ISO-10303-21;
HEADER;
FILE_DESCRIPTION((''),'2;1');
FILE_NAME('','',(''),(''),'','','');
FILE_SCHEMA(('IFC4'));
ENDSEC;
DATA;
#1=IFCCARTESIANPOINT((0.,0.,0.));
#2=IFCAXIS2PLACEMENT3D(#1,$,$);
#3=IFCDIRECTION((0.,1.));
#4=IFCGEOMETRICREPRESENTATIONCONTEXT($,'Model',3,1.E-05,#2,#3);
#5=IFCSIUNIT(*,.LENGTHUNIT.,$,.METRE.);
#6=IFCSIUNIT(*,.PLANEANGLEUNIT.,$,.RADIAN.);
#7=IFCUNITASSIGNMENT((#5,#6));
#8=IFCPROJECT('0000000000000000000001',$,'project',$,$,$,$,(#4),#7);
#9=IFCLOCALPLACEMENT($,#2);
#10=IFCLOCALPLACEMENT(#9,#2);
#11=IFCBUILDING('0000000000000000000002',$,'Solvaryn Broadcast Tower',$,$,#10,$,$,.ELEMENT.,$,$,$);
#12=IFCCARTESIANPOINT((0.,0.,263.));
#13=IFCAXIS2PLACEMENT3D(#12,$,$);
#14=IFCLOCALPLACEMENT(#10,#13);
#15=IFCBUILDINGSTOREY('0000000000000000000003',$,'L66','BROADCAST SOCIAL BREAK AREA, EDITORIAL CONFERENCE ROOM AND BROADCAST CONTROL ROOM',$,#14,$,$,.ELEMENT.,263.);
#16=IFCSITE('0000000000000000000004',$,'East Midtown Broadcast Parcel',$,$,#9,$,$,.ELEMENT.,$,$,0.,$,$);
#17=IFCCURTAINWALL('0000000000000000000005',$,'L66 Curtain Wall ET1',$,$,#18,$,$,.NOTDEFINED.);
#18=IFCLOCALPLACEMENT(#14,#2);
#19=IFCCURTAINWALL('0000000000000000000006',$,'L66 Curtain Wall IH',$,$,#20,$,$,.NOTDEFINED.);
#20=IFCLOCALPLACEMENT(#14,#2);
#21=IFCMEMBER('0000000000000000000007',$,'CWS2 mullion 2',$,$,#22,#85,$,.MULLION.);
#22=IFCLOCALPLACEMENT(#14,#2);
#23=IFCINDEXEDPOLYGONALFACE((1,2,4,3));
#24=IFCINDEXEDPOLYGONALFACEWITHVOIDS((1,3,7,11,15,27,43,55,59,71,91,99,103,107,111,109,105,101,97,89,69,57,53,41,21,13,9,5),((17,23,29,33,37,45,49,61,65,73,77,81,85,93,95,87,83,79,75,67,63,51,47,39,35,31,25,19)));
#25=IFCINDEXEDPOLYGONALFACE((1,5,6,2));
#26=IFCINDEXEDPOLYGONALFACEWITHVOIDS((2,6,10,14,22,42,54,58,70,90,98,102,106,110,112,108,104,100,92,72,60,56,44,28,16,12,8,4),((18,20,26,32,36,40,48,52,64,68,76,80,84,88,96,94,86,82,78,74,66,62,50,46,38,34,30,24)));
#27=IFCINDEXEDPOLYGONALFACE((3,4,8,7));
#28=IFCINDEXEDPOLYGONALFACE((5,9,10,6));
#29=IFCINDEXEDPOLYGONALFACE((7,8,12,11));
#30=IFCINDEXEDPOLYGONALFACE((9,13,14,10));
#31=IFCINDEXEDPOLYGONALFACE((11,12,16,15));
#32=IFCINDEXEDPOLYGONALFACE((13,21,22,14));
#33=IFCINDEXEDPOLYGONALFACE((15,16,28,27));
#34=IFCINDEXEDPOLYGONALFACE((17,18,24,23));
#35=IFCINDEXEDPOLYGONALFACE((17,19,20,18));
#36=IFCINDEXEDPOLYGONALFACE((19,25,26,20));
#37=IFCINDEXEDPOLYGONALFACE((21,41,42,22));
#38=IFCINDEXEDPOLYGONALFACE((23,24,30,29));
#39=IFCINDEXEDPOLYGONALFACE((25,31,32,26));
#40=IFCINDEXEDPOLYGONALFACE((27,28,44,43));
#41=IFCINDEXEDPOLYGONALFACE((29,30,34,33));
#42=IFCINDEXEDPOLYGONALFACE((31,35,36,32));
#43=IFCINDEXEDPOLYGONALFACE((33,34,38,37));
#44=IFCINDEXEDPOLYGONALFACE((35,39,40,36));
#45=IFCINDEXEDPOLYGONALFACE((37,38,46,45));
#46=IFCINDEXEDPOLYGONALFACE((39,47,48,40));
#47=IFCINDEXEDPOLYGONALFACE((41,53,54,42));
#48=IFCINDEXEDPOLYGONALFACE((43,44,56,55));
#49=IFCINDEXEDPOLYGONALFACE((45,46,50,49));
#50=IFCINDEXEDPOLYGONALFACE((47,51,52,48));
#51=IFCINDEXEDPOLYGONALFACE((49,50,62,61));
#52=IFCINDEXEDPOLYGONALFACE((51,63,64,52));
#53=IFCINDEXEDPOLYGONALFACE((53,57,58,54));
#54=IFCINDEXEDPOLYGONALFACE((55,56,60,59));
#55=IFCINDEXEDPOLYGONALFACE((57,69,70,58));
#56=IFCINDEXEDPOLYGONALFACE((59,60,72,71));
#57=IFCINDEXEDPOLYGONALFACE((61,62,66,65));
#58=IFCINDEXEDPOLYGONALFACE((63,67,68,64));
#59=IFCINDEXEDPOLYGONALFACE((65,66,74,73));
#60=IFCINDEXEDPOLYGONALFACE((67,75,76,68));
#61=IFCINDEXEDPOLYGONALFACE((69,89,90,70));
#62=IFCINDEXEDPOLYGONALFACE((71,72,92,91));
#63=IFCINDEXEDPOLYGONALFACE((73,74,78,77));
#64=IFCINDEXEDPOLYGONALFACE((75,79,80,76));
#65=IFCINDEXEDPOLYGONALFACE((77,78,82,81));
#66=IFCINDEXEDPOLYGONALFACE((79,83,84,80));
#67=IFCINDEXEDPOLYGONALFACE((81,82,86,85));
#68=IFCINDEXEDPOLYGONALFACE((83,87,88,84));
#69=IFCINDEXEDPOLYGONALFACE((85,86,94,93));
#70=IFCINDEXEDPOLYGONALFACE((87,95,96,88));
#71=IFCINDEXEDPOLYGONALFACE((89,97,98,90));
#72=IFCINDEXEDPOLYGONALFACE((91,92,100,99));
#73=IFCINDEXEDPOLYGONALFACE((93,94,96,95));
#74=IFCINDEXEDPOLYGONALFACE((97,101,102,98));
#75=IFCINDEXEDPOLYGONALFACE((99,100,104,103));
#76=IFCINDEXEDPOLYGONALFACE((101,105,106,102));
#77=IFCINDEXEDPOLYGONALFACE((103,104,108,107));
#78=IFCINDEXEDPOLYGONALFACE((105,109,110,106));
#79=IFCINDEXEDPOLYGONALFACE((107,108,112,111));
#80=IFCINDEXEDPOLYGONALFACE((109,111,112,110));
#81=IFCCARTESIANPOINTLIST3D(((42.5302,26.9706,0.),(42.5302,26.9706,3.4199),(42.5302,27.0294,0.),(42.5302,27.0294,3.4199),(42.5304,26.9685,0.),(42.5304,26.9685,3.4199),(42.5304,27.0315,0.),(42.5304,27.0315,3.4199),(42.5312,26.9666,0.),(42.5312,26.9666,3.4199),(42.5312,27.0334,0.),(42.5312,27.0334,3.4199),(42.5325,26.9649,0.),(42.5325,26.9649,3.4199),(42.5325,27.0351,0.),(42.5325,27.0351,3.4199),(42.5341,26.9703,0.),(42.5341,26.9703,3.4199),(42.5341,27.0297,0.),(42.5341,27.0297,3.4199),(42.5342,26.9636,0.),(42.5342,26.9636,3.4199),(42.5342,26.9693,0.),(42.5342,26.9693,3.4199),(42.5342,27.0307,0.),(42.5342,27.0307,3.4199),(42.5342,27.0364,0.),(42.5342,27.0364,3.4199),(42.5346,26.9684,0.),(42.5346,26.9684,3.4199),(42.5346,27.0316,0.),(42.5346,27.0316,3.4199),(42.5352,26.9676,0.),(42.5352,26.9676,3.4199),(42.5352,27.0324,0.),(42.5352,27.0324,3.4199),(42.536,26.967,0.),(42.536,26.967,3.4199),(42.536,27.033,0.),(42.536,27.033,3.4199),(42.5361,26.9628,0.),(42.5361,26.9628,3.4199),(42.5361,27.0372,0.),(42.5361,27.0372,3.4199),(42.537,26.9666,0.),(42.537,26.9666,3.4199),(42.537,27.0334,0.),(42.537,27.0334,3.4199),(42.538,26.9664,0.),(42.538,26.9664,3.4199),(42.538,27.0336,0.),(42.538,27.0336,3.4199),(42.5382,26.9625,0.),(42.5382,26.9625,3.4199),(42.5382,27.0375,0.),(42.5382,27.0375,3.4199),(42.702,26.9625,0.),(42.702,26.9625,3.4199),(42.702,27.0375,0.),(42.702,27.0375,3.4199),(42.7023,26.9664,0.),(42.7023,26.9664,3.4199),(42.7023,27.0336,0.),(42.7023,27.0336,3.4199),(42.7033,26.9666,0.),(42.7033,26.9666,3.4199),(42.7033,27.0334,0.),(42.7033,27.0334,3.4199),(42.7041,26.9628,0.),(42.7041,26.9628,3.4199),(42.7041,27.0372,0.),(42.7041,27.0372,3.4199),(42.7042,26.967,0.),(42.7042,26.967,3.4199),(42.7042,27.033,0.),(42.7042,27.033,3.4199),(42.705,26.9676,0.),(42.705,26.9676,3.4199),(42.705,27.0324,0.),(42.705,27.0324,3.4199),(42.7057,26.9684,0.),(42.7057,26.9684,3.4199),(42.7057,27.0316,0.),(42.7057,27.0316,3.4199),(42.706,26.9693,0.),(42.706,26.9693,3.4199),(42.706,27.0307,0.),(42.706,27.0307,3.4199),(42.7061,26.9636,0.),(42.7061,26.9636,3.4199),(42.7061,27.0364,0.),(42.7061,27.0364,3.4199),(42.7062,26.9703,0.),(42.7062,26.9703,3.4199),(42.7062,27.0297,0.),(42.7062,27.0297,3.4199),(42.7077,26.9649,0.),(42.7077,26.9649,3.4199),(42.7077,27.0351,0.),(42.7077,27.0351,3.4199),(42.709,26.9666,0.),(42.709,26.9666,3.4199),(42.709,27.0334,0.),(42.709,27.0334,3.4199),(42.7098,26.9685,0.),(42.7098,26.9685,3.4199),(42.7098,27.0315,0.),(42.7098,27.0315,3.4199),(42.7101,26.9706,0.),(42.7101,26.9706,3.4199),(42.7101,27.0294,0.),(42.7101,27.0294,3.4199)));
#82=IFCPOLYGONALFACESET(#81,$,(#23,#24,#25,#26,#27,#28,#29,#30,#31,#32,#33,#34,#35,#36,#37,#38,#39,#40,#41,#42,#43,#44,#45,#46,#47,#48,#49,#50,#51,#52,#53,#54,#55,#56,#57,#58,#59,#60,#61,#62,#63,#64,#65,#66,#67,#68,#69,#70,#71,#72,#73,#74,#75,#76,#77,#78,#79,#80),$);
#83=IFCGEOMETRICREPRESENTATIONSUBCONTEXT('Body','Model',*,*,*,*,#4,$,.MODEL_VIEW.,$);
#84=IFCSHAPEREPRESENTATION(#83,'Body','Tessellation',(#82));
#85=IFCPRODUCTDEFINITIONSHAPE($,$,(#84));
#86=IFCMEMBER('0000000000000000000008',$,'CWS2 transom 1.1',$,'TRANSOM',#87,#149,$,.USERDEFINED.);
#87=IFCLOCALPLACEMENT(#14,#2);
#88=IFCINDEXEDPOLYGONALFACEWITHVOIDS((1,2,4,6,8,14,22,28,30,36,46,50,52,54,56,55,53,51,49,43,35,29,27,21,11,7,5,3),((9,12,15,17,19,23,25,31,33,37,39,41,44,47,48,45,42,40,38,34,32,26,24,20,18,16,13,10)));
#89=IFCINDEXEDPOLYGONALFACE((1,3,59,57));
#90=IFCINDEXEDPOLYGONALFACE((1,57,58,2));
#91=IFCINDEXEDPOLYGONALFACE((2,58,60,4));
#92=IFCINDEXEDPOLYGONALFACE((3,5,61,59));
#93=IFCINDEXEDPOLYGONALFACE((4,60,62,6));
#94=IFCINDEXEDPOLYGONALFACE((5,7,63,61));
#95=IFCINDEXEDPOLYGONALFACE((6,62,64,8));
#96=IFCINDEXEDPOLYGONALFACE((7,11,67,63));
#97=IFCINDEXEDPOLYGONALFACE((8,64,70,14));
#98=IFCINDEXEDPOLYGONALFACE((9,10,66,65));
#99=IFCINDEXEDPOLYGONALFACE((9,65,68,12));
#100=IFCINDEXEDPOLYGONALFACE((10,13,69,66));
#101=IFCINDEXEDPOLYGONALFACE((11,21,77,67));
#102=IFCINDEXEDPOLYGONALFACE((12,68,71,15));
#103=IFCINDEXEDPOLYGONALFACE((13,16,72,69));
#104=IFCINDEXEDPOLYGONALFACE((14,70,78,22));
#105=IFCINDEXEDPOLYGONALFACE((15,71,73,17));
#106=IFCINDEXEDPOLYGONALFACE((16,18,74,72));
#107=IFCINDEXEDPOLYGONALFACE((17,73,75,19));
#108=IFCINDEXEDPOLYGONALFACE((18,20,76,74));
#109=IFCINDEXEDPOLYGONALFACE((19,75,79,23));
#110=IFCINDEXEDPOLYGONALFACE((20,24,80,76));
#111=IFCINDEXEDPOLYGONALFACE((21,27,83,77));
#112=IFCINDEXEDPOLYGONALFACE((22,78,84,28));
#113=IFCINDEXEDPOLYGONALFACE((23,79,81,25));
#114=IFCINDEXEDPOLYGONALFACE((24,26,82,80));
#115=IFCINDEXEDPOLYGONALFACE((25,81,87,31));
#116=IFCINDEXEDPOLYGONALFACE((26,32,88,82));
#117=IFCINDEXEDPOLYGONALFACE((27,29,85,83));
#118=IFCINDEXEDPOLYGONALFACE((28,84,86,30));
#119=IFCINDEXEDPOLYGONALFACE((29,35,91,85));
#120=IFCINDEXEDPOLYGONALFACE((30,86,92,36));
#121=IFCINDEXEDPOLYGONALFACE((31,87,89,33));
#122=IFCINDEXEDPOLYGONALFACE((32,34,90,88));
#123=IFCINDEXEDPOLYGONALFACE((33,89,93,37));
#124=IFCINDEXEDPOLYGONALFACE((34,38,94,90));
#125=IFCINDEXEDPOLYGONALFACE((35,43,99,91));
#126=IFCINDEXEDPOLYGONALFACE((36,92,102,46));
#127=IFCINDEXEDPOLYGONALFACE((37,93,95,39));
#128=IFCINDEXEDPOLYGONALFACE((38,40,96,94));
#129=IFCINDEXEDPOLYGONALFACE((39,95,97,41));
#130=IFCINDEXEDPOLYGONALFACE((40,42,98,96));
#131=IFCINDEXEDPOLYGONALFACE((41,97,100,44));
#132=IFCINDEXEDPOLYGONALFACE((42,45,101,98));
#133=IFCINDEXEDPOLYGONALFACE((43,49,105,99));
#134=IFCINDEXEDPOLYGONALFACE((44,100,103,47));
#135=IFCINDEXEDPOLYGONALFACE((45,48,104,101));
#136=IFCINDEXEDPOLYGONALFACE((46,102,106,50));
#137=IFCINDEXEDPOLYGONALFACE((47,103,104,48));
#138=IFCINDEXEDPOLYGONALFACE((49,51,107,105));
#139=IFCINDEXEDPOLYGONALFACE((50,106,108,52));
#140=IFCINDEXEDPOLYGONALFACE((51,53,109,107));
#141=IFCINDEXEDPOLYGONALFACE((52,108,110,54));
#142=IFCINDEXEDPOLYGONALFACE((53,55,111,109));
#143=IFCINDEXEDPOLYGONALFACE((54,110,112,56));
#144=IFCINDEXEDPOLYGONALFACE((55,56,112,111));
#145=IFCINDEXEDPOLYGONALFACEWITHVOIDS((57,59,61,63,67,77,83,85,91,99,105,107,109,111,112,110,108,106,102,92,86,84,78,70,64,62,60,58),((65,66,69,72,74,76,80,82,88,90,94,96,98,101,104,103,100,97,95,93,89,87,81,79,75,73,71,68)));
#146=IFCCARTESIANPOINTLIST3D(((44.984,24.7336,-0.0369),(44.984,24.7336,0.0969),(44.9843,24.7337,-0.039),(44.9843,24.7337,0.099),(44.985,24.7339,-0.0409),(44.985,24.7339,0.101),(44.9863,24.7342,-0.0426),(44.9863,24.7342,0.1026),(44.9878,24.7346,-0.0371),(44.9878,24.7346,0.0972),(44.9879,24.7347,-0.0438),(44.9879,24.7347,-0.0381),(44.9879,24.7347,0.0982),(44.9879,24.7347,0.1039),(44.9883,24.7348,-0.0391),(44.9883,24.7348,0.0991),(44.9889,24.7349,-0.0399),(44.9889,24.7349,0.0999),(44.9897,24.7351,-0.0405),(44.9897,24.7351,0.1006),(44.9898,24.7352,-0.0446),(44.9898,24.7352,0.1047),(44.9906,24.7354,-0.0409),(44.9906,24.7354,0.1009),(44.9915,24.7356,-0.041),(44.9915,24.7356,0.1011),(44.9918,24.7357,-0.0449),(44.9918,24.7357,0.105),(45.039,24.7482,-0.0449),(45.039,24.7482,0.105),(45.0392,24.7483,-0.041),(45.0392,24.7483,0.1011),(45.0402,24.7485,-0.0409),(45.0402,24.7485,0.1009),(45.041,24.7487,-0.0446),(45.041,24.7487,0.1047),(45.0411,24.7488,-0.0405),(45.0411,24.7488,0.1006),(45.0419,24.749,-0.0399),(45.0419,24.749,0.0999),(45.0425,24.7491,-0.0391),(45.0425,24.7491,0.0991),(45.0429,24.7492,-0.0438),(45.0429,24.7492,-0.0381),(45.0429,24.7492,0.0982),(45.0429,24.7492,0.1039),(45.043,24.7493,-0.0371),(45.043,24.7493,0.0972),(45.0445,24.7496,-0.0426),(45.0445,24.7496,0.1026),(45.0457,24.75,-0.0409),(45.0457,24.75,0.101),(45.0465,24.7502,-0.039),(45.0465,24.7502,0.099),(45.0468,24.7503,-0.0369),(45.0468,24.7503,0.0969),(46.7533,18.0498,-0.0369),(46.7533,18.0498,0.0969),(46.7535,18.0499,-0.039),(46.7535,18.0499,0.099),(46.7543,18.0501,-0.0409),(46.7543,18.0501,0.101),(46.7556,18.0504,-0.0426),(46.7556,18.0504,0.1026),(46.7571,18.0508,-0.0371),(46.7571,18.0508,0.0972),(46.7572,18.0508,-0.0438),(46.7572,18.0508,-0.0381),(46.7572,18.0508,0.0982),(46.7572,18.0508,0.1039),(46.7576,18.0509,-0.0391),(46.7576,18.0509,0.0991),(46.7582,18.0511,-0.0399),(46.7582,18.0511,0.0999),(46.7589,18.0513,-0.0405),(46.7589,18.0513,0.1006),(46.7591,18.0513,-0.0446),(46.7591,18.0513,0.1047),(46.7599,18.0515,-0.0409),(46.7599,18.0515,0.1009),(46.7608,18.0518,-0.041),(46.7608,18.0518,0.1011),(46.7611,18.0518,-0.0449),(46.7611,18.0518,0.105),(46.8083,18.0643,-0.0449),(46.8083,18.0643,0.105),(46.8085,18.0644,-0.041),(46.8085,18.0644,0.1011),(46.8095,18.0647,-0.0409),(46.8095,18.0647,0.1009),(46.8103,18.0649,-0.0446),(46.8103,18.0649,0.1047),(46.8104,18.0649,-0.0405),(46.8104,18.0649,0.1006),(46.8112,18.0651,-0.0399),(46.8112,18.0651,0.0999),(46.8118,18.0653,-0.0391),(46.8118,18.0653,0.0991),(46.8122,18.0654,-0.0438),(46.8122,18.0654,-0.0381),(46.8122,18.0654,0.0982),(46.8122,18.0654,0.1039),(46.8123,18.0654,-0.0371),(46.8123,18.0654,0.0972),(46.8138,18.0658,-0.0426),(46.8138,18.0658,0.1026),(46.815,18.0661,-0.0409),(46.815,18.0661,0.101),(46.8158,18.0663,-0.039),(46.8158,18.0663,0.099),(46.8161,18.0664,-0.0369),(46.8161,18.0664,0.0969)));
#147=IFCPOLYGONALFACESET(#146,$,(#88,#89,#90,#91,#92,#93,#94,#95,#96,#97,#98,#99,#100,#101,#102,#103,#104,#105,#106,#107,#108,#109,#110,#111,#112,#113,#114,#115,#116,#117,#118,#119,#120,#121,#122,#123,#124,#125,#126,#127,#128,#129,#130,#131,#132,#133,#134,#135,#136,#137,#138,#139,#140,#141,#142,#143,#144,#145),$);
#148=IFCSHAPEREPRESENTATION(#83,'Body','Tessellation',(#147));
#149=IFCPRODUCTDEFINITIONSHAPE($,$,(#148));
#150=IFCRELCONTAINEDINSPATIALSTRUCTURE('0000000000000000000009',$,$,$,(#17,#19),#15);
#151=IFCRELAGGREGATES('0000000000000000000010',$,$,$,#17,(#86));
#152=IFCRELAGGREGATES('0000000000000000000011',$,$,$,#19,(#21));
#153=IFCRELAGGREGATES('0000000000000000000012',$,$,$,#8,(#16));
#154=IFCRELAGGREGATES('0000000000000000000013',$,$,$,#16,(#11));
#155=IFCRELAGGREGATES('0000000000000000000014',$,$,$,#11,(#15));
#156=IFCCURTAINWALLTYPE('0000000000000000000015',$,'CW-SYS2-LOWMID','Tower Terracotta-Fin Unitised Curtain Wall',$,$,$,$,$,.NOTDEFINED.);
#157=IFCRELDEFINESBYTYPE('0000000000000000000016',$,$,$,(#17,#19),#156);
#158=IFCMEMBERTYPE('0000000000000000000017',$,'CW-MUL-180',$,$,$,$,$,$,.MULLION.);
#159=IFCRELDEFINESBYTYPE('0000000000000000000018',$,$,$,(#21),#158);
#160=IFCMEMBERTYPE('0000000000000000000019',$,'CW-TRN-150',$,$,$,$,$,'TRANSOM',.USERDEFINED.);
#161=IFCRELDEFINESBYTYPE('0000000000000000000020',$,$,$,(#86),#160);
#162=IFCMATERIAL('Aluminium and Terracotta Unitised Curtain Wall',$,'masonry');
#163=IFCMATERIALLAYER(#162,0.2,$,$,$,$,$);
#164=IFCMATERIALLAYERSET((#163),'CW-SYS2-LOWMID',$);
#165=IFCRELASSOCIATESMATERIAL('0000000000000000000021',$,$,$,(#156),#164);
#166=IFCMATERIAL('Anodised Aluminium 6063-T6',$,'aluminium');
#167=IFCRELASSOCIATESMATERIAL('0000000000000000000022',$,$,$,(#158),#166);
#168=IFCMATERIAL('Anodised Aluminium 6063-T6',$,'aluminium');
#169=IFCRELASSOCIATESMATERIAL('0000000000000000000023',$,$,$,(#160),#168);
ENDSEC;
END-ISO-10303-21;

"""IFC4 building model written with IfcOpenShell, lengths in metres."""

from ifc_helpers import new_model, si_unit, direction, frame, origin, origin_2d, place, context, subcontext, project, spatial, hollow_rectangle, extrude, material, layer, layer_set, material_profile, profile_set, type_object, element, aggregate, save


model = new_model("IFC4")

# Units and contexts
model_context = context("Model", 3, precision=1e-05, world=origin(), true_north=direction((0.0, 1.0)))
body_context = subcontext(model_context, "Body", "Model", "MODEL_VIEW")
ifc_project = project(units=[si_unit("LENGTHUNIT", "METRE"), si_unit("PLANEANGLEUNIT", "RADIAN")], contexts=[model_context])

# Site, building, storey
site_placement = place(None, origin())
site = spatial("IfcSite", under=ifc_project, at=site_placement, Name="East Midtown Broadcast Parcel", CompositionType="ELEMENT", RefElevation=0.0)
building_placement = place(site_placement, origin())
building = spatial("IfcBuilding", under=site, at=building_placement, Name="Solvaryn Broadcast Tower", CompositionType="ELEMENT")
storey_placement = place(building_placement, frame((0.0, 0.0, 263.0)))
storey = spatial("IfcBuildingStorey", under=building, at=storey_placement, Name="L66", Description="BROADCAST SOCIAL BREAK AREA, EDITORIAL CONFERENCE ROOM AND BROADCAST CONTROL ROOM", CompositionType="ELEMENT", Elevation=263.0)

# Curtain wall
ifc_material_1 = material(Name="Aluminium and Terracotta Unitised Curtain Wall", Category="masonry")
ifc_layer_1 = layer(ifc_material_1, 0.2)
ifc_layer_set_1 = layer_set([ifc_layer_1], Name="CW-SYS2-LOWMID")
curtain_wall_type = type_object("IfcCurtainWallType", Name="CW-SYS2-LOWMID", Description="Tower Terracotta-Fin Unitised Curtain Wall", PredefinedType="NOTDEFINED", material=ifc_layer_set_1)
curtain_wall_1_placement = place(storey_placement, origin())
curtain_wall_1 = element("IfcCurtainWall", 1, at=curtain_wall_1_placement, inside=storey, type_object=curtain_wall_type, Name="L66 Curtain Wall ET1", PredefinedType="NOTDEFINED")
ifc_material_2 = material(Name="Anodised Aluminium 6063-T6", Category="aluminium")
ifc_material_profile_1 = material_profile(ifc_material_2, hollow_rectangle(XDim=0.075, YDim=0.1799, WallThickness=0.0039, InnerFilletRadius=0.0039, OuterFilletRadius=0.0081, at=origin_2d()))
ifc_profile_set_1 = profile_set([ifc_material_profile_1], Name="Anodised Aluminium 6063-T6")
member_type_1 = type_object("IfcMemberType", Name="CW-MUL-180", PredefinedType="MULLION", material=ifc_profile_set_1)

# Curtain wall, member
curtain_wall_2_placement = place(storey_placement, origin())
curtain_wall_2 = element("IfcCurtainWall", 2, at=curtain_wall_2_placement, inside=storey, type_object=curtain_wall_type, Name="L66 Curtain Wall IH", PredefinedType="NOTDEFINED")
member_1_placement = place(storey_placement, frame((42.6201, 27.0, 0.0), z_axis=(0.0, 0.0, 1.0), x_axis=(0.0, 1.0, 0.0)))
member_1 = element("IfcMember", 3, at=member_1_placement, type_object=member_type_1, Name="CWS2 mullion 2", PredefinedType="MULLION", context=body_context, shape_type="SweptSolid", body=[
    extrude(hollow_rectangle(XDim=0.075, YDim=0.1799, WallThickness=0.0039, InnerFilletRadius=0.0039, OuterFilletRadius=0.0081, at=origin_2d()), origin(), (0.0, 0.0, 1.0), 3.4199),
])

# Member
ifc_material_3 = material(Name="Anodised Aluminium 6063-T6", Category="aluminium")
ifc_material_profile_2 = material_profile(ifc_material_3, hollow_rectangle(XDim=0.0649, YDim=0.1499, WallThickness=0.0039, InnerFilletRadius=0.0039, OuterFilletRadius=0.0081, at=origin_2d()))
ifc_profile_set_2 = profile_set([ifc_material_profile_2], Name="Anodised Aluminium 6063-T6")
member_type_2 = type_object("IfcMemberType", Name="CW-TRN-150", ElementType="TRANSOM", PredefinedType="USERDEFINED", material=ifc_profile_set_2)
member_2_placement = place(storey_placement, frame((45.0154, 24.7419, 0.03), z_axis=(0.255897, -0.966704, 0.0), x_axis=(0.966704, 0.255897, 0.0)))
member_2 = element("IfcMember", 4, at=member_2_placement, type_object=member_type_2, Name="CWS2 transom 1.1", ObjectType="TRANSOM", PredefinedType="USERDEFINED", context=body_context, shape_type="SweptSolid", body=[
    extrude(hollow_rectangle(XDim=0.0649, YDim=0.1499, WallThickness=0.0039, InnerFilletRadius=0.0039, OuterFilletRadius=0.0081, at=origin_2d()), origin(), (0.0, 0.0, 1.0), 6.9141),
])

aggregate(curtain_wall_1, [member_2])
aggregate(curtain_wall_2, [member_1])

save(model, "model.ifc")
